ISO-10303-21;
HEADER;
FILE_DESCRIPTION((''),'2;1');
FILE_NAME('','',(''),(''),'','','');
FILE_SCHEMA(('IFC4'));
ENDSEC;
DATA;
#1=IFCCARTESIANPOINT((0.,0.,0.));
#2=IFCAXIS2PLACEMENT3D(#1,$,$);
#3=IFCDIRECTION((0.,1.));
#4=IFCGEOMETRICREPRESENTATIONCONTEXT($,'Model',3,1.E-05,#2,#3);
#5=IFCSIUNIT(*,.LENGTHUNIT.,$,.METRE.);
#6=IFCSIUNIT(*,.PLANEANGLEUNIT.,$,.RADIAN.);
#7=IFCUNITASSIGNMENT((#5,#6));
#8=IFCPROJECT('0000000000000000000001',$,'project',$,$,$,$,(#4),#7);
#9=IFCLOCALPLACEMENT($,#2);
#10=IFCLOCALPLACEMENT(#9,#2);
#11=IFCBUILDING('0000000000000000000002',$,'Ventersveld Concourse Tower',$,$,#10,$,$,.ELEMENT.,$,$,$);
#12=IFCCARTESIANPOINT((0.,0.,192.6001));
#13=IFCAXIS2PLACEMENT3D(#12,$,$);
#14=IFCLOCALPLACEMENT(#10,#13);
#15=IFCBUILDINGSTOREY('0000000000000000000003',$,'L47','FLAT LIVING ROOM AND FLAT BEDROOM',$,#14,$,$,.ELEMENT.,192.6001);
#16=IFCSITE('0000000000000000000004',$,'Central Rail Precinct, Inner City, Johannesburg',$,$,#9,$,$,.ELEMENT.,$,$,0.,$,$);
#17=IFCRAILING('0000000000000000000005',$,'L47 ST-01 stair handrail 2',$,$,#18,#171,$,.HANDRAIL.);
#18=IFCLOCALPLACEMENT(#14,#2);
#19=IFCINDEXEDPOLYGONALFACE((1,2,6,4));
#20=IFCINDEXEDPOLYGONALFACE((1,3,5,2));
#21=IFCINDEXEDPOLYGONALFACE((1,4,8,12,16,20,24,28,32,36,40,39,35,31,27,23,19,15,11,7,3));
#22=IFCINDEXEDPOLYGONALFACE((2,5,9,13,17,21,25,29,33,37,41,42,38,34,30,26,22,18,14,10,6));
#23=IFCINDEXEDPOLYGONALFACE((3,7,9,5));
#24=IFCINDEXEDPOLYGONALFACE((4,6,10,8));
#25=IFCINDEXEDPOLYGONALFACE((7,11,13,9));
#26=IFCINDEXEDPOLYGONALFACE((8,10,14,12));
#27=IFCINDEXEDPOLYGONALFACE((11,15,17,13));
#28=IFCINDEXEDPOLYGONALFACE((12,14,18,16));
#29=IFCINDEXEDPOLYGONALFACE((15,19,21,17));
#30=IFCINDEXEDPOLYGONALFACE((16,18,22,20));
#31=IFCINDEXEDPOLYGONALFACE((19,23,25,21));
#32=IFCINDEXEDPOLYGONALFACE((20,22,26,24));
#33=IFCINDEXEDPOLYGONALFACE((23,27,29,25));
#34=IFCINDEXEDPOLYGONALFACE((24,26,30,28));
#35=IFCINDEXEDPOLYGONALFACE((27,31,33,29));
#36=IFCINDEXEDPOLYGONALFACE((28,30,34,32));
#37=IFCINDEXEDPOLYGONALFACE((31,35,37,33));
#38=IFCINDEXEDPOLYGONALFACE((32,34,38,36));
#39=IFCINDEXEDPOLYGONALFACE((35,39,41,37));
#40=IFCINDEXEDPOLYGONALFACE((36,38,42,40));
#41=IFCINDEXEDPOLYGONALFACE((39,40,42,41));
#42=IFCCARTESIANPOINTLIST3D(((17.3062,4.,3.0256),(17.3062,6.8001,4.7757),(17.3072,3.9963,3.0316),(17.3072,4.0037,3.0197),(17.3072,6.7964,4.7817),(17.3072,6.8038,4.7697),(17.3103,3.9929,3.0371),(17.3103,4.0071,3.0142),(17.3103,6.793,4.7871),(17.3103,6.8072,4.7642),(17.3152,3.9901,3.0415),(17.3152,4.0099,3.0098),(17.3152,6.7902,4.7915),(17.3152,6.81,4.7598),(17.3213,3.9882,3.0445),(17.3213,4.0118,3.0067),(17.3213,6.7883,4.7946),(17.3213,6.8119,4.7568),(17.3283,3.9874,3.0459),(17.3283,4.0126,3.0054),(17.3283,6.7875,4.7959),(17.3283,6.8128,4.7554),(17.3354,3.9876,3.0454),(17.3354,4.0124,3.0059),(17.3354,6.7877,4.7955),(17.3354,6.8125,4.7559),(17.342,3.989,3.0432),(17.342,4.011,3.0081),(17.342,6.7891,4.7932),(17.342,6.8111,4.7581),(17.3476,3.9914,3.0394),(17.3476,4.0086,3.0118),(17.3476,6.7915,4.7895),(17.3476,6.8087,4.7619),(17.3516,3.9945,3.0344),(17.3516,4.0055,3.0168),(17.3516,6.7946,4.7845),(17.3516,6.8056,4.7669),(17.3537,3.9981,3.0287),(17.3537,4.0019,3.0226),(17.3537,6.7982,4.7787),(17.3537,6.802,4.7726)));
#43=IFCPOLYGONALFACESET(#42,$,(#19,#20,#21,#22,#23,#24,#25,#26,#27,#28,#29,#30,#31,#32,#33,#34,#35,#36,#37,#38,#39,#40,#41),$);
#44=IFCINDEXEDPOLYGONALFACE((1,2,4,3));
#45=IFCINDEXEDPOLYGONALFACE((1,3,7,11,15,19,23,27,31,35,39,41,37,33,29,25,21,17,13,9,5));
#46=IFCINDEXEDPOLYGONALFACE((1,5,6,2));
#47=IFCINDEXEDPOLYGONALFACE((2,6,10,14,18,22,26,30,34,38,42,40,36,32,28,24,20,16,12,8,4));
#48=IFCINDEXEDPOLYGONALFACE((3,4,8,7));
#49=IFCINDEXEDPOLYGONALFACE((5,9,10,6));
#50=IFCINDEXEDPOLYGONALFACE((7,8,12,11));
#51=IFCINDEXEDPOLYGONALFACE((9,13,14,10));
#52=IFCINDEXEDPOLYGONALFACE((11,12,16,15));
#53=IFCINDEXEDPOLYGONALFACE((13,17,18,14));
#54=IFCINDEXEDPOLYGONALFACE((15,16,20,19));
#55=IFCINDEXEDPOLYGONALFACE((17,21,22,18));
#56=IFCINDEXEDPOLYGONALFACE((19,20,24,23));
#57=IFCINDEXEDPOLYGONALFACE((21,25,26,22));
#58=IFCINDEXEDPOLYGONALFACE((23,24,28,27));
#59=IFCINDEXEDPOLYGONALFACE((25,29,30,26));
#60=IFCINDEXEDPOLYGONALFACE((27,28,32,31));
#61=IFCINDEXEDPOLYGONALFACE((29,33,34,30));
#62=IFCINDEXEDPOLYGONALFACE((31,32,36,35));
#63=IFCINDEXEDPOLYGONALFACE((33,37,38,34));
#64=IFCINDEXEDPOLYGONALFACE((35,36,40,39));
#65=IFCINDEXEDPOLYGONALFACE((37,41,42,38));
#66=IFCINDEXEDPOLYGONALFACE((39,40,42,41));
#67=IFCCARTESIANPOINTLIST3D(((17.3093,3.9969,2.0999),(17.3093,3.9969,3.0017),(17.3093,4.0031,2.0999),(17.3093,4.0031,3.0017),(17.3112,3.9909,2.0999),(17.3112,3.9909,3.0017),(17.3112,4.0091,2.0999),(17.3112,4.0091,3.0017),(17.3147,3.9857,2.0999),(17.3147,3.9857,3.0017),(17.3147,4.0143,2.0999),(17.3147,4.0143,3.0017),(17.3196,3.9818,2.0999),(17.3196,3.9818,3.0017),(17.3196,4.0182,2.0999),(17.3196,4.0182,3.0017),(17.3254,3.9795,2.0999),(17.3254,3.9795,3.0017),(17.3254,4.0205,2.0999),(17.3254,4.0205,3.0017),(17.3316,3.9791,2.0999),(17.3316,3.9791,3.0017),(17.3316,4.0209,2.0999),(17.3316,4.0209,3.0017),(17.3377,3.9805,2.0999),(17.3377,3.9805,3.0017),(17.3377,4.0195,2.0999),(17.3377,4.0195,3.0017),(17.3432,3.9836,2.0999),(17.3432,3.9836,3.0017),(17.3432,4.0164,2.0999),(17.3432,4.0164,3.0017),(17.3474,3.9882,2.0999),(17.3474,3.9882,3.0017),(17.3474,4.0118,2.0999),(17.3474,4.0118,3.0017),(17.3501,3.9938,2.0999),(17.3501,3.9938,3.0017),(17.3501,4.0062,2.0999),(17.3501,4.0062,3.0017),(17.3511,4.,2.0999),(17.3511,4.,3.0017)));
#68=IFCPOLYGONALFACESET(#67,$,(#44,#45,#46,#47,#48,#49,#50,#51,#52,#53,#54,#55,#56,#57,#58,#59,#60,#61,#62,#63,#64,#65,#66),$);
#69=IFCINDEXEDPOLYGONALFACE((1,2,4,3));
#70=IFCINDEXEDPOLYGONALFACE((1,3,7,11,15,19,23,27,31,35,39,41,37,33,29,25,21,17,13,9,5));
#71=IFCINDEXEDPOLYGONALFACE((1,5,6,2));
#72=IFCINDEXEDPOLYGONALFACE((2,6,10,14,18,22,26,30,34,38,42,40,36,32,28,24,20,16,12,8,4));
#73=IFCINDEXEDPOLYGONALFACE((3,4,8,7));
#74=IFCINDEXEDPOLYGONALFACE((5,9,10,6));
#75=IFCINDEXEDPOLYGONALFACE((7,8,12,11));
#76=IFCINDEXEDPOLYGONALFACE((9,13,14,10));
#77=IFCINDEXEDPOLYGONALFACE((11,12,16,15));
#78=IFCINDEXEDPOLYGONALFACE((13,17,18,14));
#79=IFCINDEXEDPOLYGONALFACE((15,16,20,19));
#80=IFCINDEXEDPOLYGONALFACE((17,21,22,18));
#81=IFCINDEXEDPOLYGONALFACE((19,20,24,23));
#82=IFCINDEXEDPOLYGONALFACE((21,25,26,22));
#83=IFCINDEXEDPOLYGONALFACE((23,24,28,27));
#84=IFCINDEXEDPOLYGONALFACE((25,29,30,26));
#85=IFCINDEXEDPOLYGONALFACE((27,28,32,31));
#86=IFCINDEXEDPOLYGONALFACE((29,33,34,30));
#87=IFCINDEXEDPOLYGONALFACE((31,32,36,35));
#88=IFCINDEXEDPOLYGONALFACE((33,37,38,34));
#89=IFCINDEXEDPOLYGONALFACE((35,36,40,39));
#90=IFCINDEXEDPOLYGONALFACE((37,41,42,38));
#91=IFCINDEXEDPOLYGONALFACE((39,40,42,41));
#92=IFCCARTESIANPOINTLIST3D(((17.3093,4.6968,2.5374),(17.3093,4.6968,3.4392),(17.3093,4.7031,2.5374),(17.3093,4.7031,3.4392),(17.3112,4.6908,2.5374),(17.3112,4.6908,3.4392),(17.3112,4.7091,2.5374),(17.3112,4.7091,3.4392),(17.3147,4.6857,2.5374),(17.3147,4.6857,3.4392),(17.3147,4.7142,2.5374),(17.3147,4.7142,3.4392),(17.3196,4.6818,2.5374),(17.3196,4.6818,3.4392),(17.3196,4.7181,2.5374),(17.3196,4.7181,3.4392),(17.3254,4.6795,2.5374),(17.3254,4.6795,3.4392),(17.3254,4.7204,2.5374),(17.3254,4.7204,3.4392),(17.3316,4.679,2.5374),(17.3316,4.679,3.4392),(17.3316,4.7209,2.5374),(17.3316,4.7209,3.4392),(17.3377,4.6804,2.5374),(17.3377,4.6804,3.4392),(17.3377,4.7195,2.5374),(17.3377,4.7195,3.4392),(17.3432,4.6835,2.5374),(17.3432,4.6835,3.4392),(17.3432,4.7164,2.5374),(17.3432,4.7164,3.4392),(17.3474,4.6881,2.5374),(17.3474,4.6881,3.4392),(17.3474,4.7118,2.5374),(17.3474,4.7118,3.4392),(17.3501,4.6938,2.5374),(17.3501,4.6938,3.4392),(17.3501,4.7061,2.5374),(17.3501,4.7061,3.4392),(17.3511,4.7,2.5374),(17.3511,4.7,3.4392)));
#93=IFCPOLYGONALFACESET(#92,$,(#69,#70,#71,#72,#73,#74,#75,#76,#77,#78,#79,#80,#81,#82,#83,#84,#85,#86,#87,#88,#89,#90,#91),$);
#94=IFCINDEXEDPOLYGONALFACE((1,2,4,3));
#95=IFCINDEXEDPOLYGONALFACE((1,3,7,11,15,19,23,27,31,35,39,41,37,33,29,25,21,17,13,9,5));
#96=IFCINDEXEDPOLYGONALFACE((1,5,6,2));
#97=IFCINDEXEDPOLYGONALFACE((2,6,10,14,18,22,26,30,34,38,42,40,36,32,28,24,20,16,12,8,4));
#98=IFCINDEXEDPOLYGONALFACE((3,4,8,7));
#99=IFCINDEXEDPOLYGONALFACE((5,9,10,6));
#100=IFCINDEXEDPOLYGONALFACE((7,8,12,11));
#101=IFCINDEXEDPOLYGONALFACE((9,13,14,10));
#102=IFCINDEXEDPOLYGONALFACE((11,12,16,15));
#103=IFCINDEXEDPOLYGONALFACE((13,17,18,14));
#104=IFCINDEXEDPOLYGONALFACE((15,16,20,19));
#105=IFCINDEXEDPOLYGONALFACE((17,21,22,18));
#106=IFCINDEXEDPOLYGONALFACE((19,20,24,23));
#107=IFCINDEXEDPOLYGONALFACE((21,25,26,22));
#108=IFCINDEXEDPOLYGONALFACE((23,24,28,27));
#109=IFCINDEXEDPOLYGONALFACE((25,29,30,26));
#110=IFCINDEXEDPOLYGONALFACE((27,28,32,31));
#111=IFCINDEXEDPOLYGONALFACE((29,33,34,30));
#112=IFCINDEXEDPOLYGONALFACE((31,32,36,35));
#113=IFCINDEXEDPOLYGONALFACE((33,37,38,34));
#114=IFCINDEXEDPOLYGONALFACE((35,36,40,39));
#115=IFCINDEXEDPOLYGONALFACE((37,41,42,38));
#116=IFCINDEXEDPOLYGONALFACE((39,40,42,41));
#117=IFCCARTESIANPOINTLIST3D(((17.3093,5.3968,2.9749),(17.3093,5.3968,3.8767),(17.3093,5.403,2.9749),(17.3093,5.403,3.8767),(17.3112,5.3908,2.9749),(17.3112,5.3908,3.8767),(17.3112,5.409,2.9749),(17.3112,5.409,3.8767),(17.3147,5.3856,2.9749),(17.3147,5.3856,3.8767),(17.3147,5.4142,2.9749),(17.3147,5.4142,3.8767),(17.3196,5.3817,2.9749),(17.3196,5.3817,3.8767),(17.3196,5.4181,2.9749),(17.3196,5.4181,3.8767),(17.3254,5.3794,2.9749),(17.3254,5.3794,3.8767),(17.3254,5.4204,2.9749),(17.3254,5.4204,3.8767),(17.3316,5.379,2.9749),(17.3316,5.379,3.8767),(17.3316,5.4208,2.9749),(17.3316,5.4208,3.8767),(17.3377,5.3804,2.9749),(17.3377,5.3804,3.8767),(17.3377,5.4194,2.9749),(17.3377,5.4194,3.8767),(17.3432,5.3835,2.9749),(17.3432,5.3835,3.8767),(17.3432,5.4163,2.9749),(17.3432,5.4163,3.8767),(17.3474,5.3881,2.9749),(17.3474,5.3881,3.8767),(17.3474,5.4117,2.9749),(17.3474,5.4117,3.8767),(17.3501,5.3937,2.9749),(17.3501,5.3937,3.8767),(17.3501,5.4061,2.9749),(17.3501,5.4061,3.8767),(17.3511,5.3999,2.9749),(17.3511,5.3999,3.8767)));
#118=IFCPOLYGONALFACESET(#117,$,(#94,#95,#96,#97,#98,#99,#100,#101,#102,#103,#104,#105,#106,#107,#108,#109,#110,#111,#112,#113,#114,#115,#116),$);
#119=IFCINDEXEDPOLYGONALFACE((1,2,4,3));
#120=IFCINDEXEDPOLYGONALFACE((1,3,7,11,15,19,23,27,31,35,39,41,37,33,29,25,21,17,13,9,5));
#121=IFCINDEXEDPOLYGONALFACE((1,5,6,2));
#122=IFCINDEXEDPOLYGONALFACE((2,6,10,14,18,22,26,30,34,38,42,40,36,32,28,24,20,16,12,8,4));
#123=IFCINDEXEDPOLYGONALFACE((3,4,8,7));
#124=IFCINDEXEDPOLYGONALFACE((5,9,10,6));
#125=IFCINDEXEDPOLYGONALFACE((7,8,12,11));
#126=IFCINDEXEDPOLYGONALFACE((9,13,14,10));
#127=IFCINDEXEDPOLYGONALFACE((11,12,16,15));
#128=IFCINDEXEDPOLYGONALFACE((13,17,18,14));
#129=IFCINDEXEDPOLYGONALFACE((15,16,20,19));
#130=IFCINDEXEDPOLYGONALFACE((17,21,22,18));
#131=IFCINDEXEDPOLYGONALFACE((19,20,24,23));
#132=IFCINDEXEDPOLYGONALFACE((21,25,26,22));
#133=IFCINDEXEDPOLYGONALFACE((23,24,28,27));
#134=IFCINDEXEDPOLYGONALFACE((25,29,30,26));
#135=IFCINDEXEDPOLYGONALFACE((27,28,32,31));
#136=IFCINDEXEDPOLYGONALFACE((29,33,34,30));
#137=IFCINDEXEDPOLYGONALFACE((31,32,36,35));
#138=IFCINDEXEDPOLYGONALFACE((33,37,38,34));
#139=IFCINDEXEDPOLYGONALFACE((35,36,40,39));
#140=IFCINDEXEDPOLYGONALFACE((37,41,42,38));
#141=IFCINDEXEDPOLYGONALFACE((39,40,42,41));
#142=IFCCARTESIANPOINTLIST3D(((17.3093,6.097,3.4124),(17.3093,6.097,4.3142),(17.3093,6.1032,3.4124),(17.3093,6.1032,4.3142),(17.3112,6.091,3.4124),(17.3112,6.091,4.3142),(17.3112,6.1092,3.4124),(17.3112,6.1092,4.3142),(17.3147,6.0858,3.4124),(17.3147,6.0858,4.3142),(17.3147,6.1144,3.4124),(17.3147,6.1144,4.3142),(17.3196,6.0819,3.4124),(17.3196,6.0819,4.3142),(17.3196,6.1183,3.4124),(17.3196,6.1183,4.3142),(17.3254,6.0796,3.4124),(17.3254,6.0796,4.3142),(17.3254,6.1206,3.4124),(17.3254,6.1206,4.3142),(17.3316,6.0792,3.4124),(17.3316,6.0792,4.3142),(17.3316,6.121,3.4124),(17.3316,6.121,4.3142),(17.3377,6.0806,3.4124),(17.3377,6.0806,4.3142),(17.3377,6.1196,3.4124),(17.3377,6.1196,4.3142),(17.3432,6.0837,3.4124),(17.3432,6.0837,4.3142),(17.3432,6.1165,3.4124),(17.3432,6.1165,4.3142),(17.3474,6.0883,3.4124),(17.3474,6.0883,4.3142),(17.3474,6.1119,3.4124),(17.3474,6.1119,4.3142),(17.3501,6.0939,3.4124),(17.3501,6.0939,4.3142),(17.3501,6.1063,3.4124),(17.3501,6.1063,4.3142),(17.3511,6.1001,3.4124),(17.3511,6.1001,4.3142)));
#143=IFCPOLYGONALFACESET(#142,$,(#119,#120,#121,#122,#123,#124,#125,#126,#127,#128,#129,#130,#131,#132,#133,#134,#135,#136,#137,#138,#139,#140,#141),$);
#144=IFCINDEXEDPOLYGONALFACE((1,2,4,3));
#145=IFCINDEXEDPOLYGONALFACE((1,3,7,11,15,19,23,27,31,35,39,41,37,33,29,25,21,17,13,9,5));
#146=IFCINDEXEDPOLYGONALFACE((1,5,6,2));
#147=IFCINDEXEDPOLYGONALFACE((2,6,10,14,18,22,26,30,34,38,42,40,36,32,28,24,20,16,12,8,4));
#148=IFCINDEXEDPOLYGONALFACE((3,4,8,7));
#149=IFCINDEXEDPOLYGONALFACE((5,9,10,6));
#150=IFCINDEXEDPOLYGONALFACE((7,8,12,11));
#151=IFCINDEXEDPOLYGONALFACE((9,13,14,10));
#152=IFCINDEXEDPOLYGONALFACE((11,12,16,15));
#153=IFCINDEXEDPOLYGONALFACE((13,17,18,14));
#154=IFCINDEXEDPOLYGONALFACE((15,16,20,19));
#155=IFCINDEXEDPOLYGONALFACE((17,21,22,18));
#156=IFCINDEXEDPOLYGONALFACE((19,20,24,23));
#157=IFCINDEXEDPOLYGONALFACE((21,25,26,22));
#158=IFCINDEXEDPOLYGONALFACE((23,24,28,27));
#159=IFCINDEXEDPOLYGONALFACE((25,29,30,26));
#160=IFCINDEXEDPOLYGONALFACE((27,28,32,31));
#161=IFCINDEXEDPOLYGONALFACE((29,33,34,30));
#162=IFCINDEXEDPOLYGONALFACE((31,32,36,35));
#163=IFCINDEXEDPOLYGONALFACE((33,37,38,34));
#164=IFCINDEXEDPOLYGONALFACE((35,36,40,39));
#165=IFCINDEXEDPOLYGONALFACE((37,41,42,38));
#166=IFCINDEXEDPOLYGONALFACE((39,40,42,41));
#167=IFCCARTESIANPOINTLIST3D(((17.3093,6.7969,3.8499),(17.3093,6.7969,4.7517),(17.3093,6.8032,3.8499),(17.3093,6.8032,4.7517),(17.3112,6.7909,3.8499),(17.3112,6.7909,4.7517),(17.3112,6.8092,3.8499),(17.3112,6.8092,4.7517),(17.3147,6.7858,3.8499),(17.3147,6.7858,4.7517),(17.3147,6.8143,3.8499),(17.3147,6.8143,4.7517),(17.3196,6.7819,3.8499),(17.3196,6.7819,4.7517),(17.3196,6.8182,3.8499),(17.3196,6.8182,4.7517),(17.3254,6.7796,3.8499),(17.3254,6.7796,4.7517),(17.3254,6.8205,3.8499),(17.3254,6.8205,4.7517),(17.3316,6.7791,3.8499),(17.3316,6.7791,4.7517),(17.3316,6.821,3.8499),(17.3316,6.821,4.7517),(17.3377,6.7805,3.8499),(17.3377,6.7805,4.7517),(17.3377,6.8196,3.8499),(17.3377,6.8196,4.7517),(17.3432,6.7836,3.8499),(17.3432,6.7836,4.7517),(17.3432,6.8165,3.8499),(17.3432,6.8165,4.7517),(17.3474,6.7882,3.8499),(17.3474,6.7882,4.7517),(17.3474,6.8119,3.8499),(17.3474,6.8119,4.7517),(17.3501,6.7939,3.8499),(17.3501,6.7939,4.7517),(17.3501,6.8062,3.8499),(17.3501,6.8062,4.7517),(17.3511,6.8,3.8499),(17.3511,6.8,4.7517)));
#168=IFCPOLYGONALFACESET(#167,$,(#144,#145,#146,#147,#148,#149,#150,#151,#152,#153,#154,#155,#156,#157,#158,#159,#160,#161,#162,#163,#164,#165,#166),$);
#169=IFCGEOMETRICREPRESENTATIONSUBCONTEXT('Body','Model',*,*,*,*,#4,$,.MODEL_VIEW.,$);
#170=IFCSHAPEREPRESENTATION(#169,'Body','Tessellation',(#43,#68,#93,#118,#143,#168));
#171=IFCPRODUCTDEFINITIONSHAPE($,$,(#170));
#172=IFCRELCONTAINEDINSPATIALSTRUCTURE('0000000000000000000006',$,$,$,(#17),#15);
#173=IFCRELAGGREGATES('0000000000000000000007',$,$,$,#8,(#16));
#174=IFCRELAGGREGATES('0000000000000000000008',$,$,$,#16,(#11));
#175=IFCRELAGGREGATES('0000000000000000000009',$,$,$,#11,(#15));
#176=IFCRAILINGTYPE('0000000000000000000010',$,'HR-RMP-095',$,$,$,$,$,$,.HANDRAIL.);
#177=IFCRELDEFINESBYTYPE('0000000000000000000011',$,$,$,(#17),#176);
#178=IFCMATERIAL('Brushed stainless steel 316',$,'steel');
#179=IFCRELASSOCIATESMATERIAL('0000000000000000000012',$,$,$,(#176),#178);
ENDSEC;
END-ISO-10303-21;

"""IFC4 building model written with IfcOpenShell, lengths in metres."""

from ifc_helpers import new_model, si_unit, direction, frame, origin, origin_2d, place, context, subcontext, project, spatial, circle, extrude, material, type_object, element, save


model = new_model("IFC4")

# Units and contexts
model_context = context("Model", 3, precision=1e-05, world=origin(), true_north=direction((0.0, 1.0)))
body_context = subcontext(model_context, "Body", "Model", "MODEL_VIEW")
ifc_project = project(units=[si_unit("LENGTHUNIT", "METRE"), si_unit("PLANEANGLEUNIT", "RADIAN")], contexts=[model_context])

# Site, building, storey
site_placement = place(None, origin())
site = spatial("IfcSite", under=ifc_project, at=site_placement, Name="Central Rail Precinct, Inner City, Johannesburg", CompositionType="ELEMENT", RefElevation=0.0)
building_placement = place(site_placement, origin())
building = spatial("IfcBuilding", under=site, at=building_placement, Name="Ventersveld Concourse Tower", CompositionType="ELEMENT")
storey_placement = place(building_placement, frame((0.0, 0.0, 192.6001)))
storey = spatial("IfcBuildingStorey", under=building, at=storey_placement, Name="L47", Description="FLAT LIVING ROOM AND FLAT BEDROOM", CompositionType="ELEMENT", Elevation=192.6001)

# Shared definitions
ifc_material_1 = material(Name="Brushed stainless steel 316", Category="steel")

# Railing
railing_type_1 = type_object("IfcRailingType", Name="HR-RMP-095", PredefinedType="HANDRAIL", material=ifc_material_1)
railing_1_placement = place(storey_placement, frame((17.3301, 4.0, 2.0999)))
element("IfcRailing", 1, at=railing_1_placement, inside=storey, type_object=railing_type_1, Name="L47 ST-01 stair handrail 2", PredefinedType="HANDRAIL", context=body_context, shape_type="SweptSolid", body=[
    extrude(circle(Radius=0.0239, at=origin_2d()), frame((0.0, 0.0, 0.9258), z_axis=(0.0, 0.848002, 0.529992), x_axis=(-1.0, 0.0, 0.0)), (0.0, 0.0, 1.0), 3.302),
    extrude(circle(Radius=0.021, at=origin_2d()), origin(), (0.0, 0.0, 1.0), 0.9019),
    extrude(circle(Radius=0.021, at=origin_2d()), frame((0.0, 0.7, 0.4375)), (0.0, 0.0, 1.0), 0.9019),
    extrude(circle(Radius=0.021, at=origin_2d()), frame((0.0, 1.3999, 0.875)), (0.0, 0.0, 1.0), 0.9019),
    extrude(circle(Radius=0.021, at=origin_2d()), frame((0.0, 2.1001, 1.3125)), (0.0, 0.0, 1.0), 0.9019),
    extrude(circle(Radius=0.021, at=origin_2d()), frame((0.0, 2.8, 1.75)), (0.0, 0.0, 1.0), 0.9019),
])

save(model, "model.ifc")
